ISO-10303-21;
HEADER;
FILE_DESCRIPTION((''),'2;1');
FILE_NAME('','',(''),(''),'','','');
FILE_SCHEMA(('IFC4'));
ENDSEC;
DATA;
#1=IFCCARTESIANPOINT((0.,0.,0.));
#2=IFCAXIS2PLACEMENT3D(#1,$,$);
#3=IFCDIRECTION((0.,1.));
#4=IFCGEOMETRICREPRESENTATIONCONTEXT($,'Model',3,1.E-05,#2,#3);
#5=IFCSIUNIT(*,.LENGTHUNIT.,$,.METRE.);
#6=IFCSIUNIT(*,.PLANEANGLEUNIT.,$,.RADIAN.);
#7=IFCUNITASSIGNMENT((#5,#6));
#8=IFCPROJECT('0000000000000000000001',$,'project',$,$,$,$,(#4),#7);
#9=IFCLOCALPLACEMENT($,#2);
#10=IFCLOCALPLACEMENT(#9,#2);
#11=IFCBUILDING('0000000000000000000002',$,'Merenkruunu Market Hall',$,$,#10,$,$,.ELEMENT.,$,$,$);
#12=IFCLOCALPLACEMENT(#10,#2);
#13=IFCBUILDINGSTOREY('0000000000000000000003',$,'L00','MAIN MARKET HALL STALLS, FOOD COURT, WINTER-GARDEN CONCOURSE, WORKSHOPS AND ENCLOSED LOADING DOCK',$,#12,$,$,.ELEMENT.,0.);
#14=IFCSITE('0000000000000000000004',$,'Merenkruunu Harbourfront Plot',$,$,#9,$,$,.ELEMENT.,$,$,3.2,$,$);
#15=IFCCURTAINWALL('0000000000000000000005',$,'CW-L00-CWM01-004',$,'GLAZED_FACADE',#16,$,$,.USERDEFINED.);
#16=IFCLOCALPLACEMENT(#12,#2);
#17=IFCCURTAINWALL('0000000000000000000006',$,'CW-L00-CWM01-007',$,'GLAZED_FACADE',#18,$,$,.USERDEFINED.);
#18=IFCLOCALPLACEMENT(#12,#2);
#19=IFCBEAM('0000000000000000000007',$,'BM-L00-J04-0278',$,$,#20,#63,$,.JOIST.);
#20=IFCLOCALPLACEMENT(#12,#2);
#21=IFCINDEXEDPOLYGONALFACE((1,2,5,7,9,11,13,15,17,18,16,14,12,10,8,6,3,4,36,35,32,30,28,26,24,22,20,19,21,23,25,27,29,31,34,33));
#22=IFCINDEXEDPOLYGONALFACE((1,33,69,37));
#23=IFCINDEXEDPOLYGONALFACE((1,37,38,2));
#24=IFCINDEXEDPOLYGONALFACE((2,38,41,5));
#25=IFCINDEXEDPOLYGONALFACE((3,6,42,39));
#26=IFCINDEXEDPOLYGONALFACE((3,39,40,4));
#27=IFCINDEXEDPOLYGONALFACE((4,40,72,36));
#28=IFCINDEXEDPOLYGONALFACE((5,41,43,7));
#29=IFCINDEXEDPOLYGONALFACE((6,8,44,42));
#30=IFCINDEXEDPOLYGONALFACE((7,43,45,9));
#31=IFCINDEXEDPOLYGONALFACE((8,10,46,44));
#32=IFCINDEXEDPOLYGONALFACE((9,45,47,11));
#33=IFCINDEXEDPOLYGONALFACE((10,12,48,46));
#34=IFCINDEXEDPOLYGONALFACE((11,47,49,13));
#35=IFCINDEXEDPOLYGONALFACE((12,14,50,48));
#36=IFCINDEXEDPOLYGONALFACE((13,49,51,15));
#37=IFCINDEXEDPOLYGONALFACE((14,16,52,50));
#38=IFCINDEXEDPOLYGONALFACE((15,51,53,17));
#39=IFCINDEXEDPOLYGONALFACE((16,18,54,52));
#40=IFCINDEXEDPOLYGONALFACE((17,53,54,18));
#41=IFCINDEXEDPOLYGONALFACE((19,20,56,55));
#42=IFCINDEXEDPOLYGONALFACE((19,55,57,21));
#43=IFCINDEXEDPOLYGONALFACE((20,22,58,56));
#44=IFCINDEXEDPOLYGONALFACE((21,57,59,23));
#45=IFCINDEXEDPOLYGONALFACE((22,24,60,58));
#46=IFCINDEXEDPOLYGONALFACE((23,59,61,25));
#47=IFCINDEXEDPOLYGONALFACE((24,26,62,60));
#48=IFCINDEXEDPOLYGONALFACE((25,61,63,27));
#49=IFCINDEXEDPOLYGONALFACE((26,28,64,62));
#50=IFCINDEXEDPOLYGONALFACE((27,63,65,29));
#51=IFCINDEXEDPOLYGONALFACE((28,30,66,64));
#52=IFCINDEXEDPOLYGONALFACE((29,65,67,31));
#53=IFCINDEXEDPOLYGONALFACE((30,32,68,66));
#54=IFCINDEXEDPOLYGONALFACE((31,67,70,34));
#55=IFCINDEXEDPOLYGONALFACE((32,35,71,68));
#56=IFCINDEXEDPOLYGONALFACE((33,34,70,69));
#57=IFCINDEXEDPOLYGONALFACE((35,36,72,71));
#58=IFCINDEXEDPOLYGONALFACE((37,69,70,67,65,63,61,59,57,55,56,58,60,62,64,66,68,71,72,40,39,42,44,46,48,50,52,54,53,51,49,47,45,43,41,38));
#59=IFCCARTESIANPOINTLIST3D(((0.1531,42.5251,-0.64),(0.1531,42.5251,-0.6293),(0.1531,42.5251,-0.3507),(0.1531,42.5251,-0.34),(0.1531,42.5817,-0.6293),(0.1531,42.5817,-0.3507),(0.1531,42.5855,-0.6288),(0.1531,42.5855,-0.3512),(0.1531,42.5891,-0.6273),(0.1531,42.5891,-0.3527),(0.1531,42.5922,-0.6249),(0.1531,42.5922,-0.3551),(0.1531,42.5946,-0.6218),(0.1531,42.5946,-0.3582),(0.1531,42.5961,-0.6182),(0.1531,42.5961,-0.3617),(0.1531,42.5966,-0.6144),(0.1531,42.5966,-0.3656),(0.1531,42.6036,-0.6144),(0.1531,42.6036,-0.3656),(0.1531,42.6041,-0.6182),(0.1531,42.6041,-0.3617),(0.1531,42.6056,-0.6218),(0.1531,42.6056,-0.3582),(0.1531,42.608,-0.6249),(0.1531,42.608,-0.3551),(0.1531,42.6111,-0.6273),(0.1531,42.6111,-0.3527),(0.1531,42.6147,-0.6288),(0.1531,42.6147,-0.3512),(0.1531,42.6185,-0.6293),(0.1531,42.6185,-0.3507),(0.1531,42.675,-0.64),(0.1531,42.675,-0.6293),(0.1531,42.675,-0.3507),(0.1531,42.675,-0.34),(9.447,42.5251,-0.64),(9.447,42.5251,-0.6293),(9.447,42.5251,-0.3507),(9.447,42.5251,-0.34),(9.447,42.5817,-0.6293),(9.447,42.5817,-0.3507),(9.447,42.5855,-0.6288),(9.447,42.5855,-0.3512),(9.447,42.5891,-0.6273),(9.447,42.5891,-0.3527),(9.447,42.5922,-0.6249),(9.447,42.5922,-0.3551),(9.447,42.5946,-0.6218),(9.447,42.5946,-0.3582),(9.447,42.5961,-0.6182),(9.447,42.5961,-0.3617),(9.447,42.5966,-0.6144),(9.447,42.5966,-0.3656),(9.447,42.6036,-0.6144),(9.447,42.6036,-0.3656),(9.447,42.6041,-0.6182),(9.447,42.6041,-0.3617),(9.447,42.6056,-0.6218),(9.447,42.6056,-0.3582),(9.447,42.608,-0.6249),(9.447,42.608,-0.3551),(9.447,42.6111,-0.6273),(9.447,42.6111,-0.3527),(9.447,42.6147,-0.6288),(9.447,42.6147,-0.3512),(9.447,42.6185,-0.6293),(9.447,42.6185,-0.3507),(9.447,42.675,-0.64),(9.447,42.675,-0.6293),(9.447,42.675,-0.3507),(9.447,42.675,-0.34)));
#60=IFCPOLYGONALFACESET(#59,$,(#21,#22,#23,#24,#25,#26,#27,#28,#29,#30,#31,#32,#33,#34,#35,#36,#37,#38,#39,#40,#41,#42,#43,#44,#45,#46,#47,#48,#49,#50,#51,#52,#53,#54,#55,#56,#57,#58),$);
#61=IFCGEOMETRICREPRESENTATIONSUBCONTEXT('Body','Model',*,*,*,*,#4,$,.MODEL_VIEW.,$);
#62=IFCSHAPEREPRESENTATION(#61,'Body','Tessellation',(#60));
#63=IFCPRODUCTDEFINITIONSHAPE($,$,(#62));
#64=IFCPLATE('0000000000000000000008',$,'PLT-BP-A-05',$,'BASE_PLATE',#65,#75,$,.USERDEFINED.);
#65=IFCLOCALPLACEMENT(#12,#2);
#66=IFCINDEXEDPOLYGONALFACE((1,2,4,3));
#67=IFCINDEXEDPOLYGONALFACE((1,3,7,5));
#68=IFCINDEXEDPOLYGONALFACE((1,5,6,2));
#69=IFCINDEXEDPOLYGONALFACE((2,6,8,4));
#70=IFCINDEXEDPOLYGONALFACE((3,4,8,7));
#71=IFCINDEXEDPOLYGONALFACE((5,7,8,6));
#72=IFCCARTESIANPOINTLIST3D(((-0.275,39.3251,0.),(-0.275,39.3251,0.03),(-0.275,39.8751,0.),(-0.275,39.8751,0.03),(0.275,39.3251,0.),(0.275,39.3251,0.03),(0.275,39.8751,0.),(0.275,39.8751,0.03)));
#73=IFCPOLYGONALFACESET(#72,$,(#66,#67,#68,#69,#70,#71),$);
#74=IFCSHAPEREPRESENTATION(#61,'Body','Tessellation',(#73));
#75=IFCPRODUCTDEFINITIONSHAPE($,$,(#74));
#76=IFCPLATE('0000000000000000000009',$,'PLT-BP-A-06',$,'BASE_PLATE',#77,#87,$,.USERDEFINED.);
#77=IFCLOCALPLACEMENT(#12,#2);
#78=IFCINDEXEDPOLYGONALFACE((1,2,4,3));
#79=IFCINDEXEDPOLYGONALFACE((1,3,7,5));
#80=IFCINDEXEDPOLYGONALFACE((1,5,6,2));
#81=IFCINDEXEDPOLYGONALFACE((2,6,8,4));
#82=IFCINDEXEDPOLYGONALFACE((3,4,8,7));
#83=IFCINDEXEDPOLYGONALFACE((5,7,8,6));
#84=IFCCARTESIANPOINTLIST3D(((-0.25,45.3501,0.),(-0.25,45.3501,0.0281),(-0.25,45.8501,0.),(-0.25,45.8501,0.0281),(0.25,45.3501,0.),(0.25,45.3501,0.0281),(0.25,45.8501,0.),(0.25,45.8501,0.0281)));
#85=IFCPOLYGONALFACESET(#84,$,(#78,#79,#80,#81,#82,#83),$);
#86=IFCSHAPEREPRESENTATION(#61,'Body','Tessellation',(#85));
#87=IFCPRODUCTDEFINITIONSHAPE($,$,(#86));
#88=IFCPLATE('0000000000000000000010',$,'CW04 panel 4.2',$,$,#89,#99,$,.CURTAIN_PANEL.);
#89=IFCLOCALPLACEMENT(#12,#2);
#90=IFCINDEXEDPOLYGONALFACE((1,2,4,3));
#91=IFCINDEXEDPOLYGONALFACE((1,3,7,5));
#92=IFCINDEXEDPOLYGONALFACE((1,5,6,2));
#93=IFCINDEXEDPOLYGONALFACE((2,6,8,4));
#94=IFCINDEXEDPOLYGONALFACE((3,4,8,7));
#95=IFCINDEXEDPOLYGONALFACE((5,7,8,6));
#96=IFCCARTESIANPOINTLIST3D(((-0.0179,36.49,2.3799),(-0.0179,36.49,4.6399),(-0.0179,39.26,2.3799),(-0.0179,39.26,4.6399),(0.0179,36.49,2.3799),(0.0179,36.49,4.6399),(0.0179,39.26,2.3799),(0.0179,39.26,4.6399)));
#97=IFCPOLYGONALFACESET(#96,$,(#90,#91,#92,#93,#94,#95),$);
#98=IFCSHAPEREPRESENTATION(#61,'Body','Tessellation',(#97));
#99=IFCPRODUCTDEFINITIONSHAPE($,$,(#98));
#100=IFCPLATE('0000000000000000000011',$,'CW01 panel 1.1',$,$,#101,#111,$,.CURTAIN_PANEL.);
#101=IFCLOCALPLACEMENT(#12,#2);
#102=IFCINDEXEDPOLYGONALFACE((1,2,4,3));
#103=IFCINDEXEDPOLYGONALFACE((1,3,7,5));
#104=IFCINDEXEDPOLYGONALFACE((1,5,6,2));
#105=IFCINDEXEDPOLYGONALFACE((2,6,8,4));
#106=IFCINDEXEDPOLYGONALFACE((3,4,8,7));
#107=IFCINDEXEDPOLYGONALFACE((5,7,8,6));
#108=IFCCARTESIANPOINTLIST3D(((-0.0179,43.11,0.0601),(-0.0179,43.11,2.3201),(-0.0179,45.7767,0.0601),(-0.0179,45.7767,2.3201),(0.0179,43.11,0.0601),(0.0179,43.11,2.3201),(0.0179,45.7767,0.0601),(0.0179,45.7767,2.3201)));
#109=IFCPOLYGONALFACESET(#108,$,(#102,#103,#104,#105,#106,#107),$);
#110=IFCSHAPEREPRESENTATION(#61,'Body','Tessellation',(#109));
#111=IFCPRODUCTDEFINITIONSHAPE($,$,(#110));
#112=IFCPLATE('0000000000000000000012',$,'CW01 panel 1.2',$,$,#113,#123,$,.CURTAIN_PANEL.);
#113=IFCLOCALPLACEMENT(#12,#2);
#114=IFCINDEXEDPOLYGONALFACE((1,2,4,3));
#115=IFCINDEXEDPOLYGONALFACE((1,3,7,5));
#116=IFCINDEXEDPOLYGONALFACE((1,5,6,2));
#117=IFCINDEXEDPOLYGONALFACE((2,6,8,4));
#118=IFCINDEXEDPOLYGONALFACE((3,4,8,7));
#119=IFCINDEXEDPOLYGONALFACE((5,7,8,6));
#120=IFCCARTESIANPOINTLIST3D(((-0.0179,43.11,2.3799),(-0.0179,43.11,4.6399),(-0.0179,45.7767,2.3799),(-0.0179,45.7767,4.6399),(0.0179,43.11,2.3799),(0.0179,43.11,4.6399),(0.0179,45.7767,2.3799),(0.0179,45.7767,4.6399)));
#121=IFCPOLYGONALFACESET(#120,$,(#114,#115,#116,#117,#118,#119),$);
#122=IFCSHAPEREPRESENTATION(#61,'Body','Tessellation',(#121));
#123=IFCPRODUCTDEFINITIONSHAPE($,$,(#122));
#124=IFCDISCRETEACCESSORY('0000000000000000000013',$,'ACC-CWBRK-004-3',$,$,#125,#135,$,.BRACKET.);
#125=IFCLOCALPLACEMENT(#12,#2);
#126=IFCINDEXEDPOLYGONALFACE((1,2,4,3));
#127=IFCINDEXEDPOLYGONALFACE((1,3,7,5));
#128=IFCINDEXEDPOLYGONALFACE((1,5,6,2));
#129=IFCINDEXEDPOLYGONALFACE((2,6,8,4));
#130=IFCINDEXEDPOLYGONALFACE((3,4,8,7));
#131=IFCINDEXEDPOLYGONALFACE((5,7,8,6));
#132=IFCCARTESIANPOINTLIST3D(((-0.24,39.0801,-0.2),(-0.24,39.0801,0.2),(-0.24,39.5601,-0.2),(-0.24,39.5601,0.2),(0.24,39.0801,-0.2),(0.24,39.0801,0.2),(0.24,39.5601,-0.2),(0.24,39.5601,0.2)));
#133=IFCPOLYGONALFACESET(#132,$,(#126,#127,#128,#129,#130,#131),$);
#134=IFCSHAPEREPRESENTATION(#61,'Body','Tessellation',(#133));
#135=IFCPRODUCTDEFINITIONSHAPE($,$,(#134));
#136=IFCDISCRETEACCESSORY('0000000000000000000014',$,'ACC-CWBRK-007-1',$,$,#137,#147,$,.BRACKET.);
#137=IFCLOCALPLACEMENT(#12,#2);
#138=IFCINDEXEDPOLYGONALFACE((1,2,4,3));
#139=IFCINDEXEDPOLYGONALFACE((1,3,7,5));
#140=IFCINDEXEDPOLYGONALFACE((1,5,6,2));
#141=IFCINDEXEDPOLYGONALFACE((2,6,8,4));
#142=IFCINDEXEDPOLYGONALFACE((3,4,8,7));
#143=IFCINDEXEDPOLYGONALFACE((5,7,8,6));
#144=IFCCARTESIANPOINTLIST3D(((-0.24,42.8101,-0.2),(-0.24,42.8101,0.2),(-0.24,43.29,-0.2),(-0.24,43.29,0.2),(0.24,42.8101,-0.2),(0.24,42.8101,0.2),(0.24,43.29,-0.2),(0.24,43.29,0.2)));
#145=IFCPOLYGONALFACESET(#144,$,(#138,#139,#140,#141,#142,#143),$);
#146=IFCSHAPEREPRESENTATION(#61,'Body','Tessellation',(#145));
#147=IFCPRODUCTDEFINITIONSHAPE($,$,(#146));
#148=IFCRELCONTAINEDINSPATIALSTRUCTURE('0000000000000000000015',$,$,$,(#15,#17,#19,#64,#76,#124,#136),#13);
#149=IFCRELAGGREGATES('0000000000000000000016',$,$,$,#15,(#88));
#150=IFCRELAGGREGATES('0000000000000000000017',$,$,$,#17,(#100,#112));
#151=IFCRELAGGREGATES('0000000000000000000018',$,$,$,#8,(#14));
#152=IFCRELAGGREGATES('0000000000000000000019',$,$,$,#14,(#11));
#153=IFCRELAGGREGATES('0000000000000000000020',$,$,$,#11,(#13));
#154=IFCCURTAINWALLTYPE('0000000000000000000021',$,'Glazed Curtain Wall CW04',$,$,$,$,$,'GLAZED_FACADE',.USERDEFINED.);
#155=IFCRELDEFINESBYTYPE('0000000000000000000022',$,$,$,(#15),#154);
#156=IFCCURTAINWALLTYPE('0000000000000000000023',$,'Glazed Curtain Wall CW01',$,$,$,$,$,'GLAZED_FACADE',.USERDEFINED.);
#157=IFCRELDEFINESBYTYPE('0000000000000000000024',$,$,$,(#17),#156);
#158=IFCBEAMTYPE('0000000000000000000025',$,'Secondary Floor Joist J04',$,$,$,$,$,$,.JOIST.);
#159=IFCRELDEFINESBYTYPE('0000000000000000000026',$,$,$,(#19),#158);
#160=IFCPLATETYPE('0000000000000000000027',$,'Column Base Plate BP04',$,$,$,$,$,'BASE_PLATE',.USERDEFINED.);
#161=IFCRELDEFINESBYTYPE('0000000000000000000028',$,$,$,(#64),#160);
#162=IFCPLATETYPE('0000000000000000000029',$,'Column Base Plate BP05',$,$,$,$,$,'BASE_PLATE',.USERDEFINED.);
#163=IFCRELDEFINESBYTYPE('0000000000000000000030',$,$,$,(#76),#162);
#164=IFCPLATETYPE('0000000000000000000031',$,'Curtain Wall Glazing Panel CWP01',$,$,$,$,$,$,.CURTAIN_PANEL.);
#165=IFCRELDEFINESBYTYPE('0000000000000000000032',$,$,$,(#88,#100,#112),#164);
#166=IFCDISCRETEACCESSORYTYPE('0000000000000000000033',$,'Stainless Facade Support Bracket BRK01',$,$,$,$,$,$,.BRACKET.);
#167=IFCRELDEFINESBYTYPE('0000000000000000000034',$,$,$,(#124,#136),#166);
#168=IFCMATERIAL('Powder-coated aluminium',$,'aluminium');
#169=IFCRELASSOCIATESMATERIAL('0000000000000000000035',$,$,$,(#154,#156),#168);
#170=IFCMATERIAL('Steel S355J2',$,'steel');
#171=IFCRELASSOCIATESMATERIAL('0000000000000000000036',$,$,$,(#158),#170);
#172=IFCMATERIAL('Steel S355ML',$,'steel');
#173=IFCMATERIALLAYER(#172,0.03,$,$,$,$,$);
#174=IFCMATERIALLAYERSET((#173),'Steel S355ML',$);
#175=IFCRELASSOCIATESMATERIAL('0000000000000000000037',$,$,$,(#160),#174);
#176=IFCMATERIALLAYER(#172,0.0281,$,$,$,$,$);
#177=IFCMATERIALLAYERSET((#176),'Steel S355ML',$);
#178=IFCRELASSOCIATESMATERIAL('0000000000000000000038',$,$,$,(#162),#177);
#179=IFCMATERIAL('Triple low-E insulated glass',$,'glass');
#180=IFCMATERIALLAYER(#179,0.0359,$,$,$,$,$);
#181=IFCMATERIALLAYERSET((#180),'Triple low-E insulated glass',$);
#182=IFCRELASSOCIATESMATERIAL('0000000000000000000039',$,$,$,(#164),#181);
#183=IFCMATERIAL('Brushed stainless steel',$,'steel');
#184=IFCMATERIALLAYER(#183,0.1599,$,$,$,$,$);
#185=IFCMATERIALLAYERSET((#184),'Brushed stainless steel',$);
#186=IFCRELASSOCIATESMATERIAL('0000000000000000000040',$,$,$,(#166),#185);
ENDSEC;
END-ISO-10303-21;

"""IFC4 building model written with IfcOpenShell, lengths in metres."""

from ifc_helpers import new_model, si_unit, direction, frame, origin, origin_2d, place, context, subcontext, project, spatial, rectangle, i_section, extrude, material, layer, layer_set, material_profile, profile_set, type_object, element, aggregate, save


model = new_model("IFC4")

# Units and contexts
model_context = context("Model", 3, precision=1e-05, world=origin(), true_north=direction((0.0, 1.0)))
body_context = subcontext(model_context, "Body", "Model", "MODEL_VIEW")
ifc_project = project(units=[si_unit("LENGTHUNIT", "METRE"), si_unit("PLANEANGLEUNIT", "RADIAN")], contexts=[model_context])

# Site, building, storey
site_placement = place(None, origin())
site = spatial("IfcSite", under=ifc_project, at=site_placement, Name="Merenkruunu Harbourfront Plot", CompositionType="ELEMENT", RefElevation=3.2)
building_placement = place(site_placement, origin())
building = spatial("IfcBuilding", under=site, at=building_placement, Name="Merenkruunu Market Hall", CompositionType="ELEMENT")
storey_placement = place(building_placement, origin())
storey = spatial("IfcBuildingStorey", under=building, at=storey_placement, Name="L00", Description="MAIN MARKET HALL STALLS, FOOD COURT, WINTER-GARDEN CONCOURSE, WORKSHOPS AND ENCLOSED LOADING DOCK", CompositionType="ELEMENT", Elevation=0.0)

# Shared definitions
ifc_material_1 = material(Name="Steel S355ML", Category="steel")

# Curtain wall
ifc_material_2 = material(Name="Powder-coated aluminium", Category="aluminium")
curtain_wall_type_1 = type_object("IfcCurtainWallType", Name="Glazed Curtain Wall CW04", ElementType="GLAZED_FACADE", PredefinedType="USERDEFINED", material=ifc_material_2)
curtain_wall_1_placement = place(storey_placement, origin())
curtain_wall_1 = element("IfcCurtainWall", 1, at=curtain_wall_1_placement, inside=storey, type_object=curtain_wall_type_1, Name="CW-L00-CWM01-004", ObjectType="GLAZED_FACADE", PredefinedType="USERDEFINED")

# Curtain wall
curtain_wall_type_2 = type_object("IfcCurtainWallType", Name="Glazed Curtain Wall CW01", ElementType="GLAZED_FACADE", PredefinedType="USERDEFINED", material=ifc_material_2)
curtain_wall_2_placement = place(storey_placement, origin())
curtain_wall_2 = element("IfcCurtainWall", 2, at=curtain_wall_2_placement, inside=storey, type_object=curtain_wall_type_2, Name="CW-L00-CWM01-007", ObjectType="GLAZED_FACADE", PredefinedType="USERDEFINED")

# Beam
ifc_material_3 = material(Name="Steel S355J2", Category="steel")
ifc_material_profile_1 = material_profile(ifc_material_3, i_section(OverallWidth=0.1499, OverallDepth=0.3, WebThickness=0.0071, FlangeThickness=0.0107, FilletRadius=0.0149, at=origin_2d()), Name="IPE 300")
ifc_profile_set_1 = profile_set([ifc_material_profile_1], Name="Steel S355J2")
beam_type_1 = type_object("IfcBeamType", Name="Secondary Floor Joist J04", PredefinedType="JOIST", material=ifc_profile_set_1)
beam_placement = place(storey_placement, frame((0.1531, 42.6001, -0.49), z_axis=(1.0, 0.0, 0.0), x_axis=(0.0, 1.0, 0.0)))
element("IfcBeam", 3, at=beam_placement, inside=storey, type_object=beam_type_1, Name="BM-L00-J04-0278", PredefinedType="JOIST", context=body_context, shape_type="SweptSolid", body=[
    extrude(i_section(OverallWidth=0.1499, OverallDepth=0.3, WebThickness=0.0071, FlangeThickness=0.0107, FilletRadius=0.0149, at=origin_2d()), origin(), (0.0, 0.0, 1.0), 9.2939),
])

# Plates
ifc_layer_1 = layer(ifc_material_1, 0.03)
ifc_layer_set_1 = layer_set([ifc_layer_1], Name="Steel S355ML")
plate_type_1 = type_object("IfcPlateType", Name="Column Base Plate BP04", ElementType="BASE_PLATE", PredefinedType="USERDEFINED", material=ifc_layer_set_1)
plate_1_placement = place(storey_placement, frame((0.0, 39.6001, 0.0), z_axis=(0.0, 0.0, 1.0), x_axis=(1.0, 0.0, 0.0)))
element("IfcPlate", 4, at=plate_1_placement, inside=storey, type_object=plate_type_1, Name="PLT-BP-A-05", ObjectType="BASE_PLATE", PredefinedType="USERDEFINED", context=body_context, shape_type="SweptSolid", body=[
    extrude(rectangle(XDim=0.55, YDim=0.55, at=origin_2d()), origin(), (0.0, 0.0, 1.0), 0.03),
])
ifc_layer_2 = layer(ifc_material_1, 0.0281)
ifc_layer_set_2 = layer_set([ifc_layer_2], Name="Steel S355ML")
plate_type_2 = type_object("IfcPlateType", Name="Column Base Plate BP05", ElementType="BASE_PLATE", PredefinedType="USERDEFINED", material=ifc_layer_set_2)
plate_2_placement = place(storey_placement, frame((0.0, 45.6001, 0.0), z_axis=(0.0, 0.0, 1.0), x_axis=(1.0, 0.0, 0.0)))
element("IfcPlate", 5, at=plate_2_placement, inside=storey, type_object=plate_type_2, Name="PLT-BP-A-06", ObjectType="BASE_PLATE", PredefinedType="USERDEFINED", context=body_context, shape_type="SweptSolid", body=[
    extrude(rectangle(XDim=0.5, YDim=0.5, at=origin_2d()), origin(), (0.0, 0.0, 1.0), 0.0281),
])

# Plates
ifc_material_4 = material(Name="Triple low-E insulated glass", Category="glass")
ifc_layer_3 = layer(ifc_material_4, 0.0359)
ifc_layer_set_3 = layer_set([ifc_layer_3], Name="Triple low-E insulated glass")
plate_type_3 = type_object("IfcPlateType", Name="Curtain Wall Glazing Panel CWP01", PredefinedType="CURTAIN_PANEL", material=ifc_layer_set_3)
plate_3_placement = place(storey_placement, frame((0.0, 37.875, 2.3799), z_axis=(0.0, 0.0, 1.0), x_axis=(0.0, 1.0, 0.0)))
plate_3 = element("IfcPlate", 6, at=plate_3_placement, type_object=plate_type_3, Name="CW04 panel 4.2", PredefinedType="CURTAIN_PANEL", context=body_context, shape_type="SweptSolid", body=[
    extrude(rectangle(XDim=2.77, YDim=0.0359, at=origin_2d()), origin(), (0.0, 0.0, 1.0), 2.26),
])
aggregate(curtain_wall_1, [plate_3])
plate_4_placement = place(storey_placement, frame((0.0, 44.4434, 0.0601), z_axis=(0.0, 0.0, 1.0), x_axis=(0.0, 1.0, 0.0)))
plate_4 = element("IfcPlate", 7, at=plate_4_placement, type_object=plate_type_3, Name="CW01 panel 1.1", PredefinedType="CURTAIN_PANEL", context=body_context, shape_type="SweptSolid", body=[
    extrude(rectangle(XDim=2.6667, YDim=0.0359, at=origin_2d()), origin(), (0.0, 0.0, 1.0), 2.26),
])
plate_5_placement = place(storey_placement, frame((0.0, 44.4434, 2.3799), z_axis=(0.0, 0.0, 1.0), x_axis=(0.0, 1.0, 0.0)))
plate_5 = element("IfcPlate", 8, at=plate_5_placement, type_object=plate_type_3, Name="CW01 panel 1.2", PredefinedType="CURTAIN_PANEL", context=body_context, shape_type="SweptSolid", body=[
    extrude(rectangle(XDim=2.6667, YDim=0.0359, at=origin_2d()), origin(), (0.0, 0.0, 1.0), 2.26),
])
aggregate(curtain_wall_2, [plate_4, plate_5])

# Discrete accessories
ifc_material_5 = material(Name="Brushed stainless steel", Category="steel")
ifc_layer_4 = layer(ifc_material_5, 0.1599)
ifc_layer_set_4 = layer_set([ifc_layer_4], Name="Brushed stainless steel")
discrete_accessory_type = type_object("IfcDiscreteAccessoryType", Name="Stainless Facade Support Bracket BRK01", PredefinedType="BRACKET", material=ifc_layer_set_4)
for number, where, z_axis, x_axis, name in (
    (9, (0.0, 39.3201, -0.2), (0.0, 0.0, 1.0), (1.0, 0.0, 0.0), "ACC-CWBRK-004-3"),
    (10, (0.0, 43.05, -0.2), (0.0, 0.0, 1.0), (1.0, 0.0, 0.0), "ACC-CWBRK-007-1"),
):
    element("IfcDiscreteAccessory", number, at=place(storey_placement, frame(where, z_axis=z_axis, x_axis=x_axis)), inside=storey, type_object=discrete_accessory_type, Name=name, PredefinedType="BRACKET", context=body_context, shape_type="SweptSolid", body=[
        extrude(rectangle(XDim=0.48, YDim=0.48, at=origin_2d()), origin(), (0.0, 0.0, 1.0), 0.3999),
    ])

save(model, "model.ifc")
